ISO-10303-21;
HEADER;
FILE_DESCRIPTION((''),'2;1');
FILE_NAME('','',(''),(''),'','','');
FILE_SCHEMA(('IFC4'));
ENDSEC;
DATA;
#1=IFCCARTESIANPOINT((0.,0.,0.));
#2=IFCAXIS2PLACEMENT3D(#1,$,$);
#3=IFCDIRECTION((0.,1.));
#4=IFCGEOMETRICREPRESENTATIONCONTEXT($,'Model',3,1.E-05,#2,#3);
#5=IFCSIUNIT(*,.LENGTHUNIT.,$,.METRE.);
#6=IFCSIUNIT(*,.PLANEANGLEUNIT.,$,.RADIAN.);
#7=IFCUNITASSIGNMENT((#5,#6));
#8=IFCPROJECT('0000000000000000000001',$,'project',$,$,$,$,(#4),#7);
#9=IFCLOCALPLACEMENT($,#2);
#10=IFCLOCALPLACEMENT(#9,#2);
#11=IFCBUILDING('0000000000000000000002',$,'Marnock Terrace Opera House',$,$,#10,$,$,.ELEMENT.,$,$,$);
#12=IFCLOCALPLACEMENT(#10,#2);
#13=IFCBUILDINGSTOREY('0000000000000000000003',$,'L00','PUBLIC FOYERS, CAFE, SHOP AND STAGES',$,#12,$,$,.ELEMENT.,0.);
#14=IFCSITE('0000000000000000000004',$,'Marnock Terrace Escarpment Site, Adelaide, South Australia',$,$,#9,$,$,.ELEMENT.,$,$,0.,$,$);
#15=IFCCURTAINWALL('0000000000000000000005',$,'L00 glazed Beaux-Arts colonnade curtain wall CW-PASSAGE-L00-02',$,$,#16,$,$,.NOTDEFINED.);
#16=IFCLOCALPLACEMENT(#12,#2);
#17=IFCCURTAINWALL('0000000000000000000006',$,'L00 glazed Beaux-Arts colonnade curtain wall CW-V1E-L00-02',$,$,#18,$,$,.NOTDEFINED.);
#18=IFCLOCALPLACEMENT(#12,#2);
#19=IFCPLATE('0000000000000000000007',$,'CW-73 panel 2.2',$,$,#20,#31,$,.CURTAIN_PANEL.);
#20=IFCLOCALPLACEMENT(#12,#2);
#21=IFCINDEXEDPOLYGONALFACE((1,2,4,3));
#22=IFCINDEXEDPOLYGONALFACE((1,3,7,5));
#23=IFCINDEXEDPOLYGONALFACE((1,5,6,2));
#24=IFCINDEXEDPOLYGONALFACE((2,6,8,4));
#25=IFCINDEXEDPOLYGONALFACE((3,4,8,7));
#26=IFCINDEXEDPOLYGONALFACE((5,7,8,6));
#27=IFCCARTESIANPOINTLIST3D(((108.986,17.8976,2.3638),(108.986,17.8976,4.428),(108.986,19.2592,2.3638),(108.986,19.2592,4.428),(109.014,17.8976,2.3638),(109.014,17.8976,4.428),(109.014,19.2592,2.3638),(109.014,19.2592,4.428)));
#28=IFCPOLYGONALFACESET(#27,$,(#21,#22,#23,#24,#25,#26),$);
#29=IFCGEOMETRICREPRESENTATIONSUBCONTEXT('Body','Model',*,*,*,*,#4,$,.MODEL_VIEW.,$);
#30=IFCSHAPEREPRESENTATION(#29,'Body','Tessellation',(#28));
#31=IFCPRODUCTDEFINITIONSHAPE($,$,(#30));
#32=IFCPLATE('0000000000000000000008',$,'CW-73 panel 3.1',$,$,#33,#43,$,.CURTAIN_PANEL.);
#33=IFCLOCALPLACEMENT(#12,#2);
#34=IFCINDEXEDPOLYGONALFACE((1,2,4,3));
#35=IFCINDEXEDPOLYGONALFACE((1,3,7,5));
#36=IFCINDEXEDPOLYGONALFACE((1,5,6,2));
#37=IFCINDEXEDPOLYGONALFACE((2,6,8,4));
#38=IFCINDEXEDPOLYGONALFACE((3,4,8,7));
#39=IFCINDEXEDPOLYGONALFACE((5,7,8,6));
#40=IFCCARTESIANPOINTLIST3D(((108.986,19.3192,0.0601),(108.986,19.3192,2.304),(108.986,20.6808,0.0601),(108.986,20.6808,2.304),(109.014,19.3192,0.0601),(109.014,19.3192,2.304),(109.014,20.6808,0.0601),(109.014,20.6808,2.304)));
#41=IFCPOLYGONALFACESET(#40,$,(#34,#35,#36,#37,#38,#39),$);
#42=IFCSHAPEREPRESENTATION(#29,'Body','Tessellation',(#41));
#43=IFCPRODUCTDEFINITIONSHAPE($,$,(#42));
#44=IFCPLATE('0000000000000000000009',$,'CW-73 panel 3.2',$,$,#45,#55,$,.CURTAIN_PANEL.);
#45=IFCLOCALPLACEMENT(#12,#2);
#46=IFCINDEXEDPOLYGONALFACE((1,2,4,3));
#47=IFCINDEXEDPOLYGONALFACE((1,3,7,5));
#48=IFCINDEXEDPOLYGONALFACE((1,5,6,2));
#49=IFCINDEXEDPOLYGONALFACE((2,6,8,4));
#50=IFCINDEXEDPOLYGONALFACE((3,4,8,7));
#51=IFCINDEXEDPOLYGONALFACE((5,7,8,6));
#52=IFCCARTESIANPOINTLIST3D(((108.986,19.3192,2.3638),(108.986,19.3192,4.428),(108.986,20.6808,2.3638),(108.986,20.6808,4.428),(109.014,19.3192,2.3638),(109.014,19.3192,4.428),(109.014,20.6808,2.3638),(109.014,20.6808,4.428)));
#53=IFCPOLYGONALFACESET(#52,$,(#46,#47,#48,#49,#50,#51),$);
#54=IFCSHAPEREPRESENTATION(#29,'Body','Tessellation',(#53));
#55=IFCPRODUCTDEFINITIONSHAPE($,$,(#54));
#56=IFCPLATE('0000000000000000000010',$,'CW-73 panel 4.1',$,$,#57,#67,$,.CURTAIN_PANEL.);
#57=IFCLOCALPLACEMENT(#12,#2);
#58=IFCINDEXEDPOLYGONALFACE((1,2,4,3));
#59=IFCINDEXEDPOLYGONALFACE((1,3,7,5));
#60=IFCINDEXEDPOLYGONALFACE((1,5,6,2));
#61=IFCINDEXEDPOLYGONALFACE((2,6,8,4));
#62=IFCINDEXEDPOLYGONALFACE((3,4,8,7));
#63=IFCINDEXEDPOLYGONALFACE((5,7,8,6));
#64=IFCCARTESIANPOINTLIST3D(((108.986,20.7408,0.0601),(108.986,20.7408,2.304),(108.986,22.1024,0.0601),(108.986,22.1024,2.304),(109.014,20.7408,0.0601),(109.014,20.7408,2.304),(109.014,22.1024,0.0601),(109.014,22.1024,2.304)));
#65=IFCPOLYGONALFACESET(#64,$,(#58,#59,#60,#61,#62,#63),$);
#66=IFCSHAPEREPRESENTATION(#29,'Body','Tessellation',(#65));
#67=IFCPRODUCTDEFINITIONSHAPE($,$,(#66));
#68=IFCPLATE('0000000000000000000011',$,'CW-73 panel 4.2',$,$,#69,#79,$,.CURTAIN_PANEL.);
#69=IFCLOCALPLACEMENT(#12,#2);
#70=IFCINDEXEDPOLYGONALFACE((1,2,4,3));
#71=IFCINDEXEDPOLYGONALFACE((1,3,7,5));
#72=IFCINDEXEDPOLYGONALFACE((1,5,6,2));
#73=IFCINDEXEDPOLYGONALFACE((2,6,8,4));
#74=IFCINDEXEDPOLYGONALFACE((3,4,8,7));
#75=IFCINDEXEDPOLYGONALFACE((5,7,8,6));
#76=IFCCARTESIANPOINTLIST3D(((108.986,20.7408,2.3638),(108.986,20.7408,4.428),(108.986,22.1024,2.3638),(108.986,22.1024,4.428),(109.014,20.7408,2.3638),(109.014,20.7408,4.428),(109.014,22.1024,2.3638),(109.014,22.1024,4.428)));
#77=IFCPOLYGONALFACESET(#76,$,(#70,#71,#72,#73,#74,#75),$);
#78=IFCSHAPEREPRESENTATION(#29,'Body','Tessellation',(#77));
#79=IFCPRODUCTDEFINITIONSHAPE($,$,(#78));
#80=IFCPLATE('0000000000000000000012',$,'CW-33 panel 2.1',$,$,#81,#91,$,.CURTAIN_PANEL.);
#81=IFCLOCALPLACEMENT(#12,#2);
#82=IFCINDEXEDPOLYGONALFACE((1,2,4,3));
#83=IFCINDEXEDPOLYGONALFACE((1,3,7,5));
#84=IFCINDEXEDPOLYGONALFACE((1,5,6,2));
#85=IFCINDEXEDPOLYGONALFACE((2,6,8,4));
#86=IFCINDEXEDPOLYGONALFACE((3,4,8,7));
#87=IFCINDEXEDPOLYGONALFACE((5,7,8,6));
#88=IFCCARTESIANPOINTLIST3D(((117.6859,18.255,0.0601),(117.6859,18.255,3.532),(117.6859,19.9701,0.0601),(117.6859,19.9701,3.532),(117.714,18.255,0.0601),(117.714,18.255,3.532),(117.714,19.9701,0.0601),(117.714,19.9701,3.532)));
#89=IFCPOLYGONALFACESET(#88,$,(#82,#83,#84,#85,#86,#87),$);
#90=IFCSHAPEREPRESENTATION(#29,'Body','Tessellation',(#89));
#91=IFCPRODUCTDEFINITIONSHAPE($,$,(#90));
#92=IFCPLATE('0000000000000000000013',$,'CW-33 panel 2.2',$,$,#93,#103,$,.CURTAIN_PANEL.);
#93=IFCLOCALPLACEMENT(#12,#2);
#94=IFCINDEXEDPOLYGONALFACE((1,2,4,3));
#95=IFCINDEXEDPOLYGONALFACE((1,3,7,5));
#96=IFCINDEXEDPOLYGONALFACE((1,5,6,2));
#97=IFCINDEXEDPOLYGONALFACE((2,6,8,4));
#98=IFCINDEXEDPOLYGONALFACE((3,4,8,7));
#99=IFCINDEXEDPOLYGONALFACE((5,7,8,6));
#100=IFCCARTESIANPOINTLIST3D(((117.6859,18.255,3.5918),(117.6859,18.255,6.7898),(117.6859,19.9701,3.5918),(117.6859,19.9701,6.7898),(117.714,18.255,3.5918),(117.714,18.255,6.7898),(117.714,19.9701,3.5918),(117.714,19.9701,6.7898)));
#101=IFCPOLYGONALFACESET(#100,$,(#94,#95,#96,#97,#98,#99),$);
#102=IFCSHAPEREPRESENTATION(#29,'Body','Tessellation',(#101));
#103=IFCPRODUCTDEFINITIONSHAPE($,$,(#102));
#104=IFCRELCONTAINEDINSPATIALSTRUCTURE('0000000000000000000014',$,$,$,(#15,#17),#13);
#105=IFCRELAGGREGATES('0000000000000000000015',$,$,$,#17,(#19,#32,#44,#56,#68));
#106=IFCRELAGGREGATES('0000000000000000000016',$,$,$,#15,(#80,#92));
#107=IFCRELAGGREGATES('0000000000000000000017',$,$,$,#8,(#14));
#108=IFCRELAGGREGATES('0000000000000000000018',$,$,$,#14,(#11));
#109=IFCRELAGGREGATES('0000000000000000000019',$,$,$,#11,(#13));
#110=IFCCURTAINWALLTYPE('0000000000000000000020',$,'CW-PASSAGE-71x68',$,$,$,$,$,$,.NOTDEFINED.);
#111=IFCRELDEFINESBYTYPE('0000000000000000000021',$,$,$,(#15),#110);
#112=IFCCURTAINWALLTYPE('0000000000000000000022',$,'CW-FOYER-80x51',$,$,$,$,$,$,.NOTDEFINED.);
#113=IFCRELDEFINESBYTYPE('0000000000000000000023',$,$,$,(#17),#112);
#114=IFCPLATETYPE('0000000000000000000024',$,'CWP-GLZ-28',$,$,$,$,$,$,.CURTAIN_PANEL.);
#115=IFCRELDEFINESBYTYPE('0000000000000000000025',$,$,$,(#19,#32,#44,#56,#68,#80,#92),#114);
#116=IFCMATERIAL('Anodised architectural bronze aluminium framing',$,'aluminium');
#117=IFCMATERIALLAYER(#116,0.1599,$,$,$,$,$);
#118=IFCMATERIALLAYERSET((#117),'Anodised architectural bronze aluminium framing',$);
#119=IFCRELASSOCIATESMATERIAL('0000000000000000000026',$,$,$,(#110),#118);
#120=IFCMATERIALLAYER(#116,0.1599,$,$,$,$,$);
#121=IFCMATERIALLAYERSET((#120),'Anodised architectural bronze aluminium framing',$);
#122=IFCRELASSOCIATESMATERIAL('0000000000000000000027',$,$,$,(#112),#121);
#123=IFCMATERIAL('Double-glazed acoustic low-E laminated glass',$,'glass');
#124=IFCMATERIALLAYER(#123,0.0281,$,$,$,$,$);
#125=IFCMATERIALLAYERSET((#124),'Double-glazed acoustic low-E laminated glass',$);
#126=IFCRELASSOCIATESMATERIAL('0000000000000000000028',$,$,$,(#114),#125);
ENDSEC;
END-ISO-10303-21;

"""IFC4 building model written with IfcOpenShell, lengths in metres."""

from ifc_helpers import new_model, si_unit, direction, frame, origin, origin_2d, place, context, subcontext, project, spatial, rectangle, extrude, material, layer, layer_set, type_object, element, aggregate, save


model = new_model("IFC4")

# Units and contexts
model_context = context("Model", 3, precision=1e-05, world=origin(), true_north=direction((0.0, 1.0)))
body_context = subcontext(model_context, "Body", "Model", "MODEL_VIEW")
ifc_project = project(units=[si_unit("LENGTHUNIT", "METRE"), si_unit("PLANEANGLEUNIT", "RADIAN")], contexts=[model_context])

# Site, building, storey
site_placement = place(None, origin())
site = spatial("IfcSite", under=ifc_project, at=site_placement, Name="Marnock Terrace Escarpment Site, Adelaide, South Australia", CompositionType="ELEMENT", RefElevation=0.0)
building_placement = place(site_placement, origin())
building = spatial("IfcBuilding", under=site, at=building_placement, Name="Marnock Terrace Opera House", CompositionType="ELEMENT")
storey_placement = place(building_placement, origin())
storey = spatial("IfcBuildingStorey", under=building, at=storey_placement, Name="L00", Description="PUBLIC FOYERS, CAFE, SHOP AND STAGES", CompositionType="ELEMENT", Elevation=0.0)

# Curtain wall
ifc_material_1 = material(Name="Anodised architectural bronze aluminium framing", Category="aluminium")
ifc_layer_1 = layer(ifc_material_1, 0.1599)
ifc_layer_set_1 = layer_set([ifc_layer_1], Name="Anodised architectural bronze aluminium framing")
curtain_wall_type_1 = type_object("IfcCurtainWallType", Name="CW-PASSAGE-71x68", PredefinedType="NOTDEFINED", material=ifc_layer_set_1)
curtain_wall_1_placement = place(storey_placement, origin())
curtain_wall_1 = element("IfcCurtainWall", 1, at=curtain_wall_1_placement, inside=storey, type_object=curtain_wall_type_1, Name="L00 glazed Beaux-Arts colonnade curtain wall CW-PASSAGE-L00-02", PredefinedType="NOTDEFINED")

# Curtain wall
ifc_layer_2 = layer(ifc_material_1, 0.1599)
ifc_layer_set_2 = layer_set([ifc_layer_2], Name="Anodised architectural bronze aluminium framing")
curtain_wall_type_2 = type_object("IfcCurtainWallType", Name="CW-FOYER-80x51", PredefinedType="NOTDEFINED", material=ifc_layer_set_2)
curtain_wall_2_placement = place(storey_placement, origin())
curtain_wall_2 = element("IfcCurtainWall", 2, at=curtain_wall_2_placement, inside=storey, type_object=curtain_wall_type_2, Name="L00 glazed Beaux-Arts colonnade curtain wall CW-V1E-L00-02", PredefinedType="NOTDEFINED")

# Plates
ifc_material_2 = material(Name="Double-glazed acoustic low-E laminated glass", Category="glass")
ifc_layer_3 = layer(ifc_material_2, 0.0281)
ifc_layer_set_3 = layer_set([ifc_layer_3], Name="Double-glazed acoustic low-E laminated glass")
plate_type = type_object("IfcPlateType", Name="CWP-GLZ-28", PredefinedType="CURTAIN_PANEL", material=ifc_layer_set_3)
plate_1_placement = place(storey_placement, frame((109.0, 18.5784, 2.3638), z_axis=(0.0, 0.0, 1.0), x_axis=(0.0, 1.0, 0.0)))
plate_1 = element("IfcPlate", 3, at=plate_1_placement, type_object=plate_type, Name="CW-73 panel 2.2", PredefinedType="CURTAIN_PANEL", context=body_context, shape_type="SweptSolid", body=[
    extrude(rectangle(XDim=1.3616, YDim=0.0281, at=origin_2d()), origin(), (0.0, 0.0, 1.0), 2.0642),
])
plate_2_placement = place(storey_placement, frame((109.0, 20.0, 0.0601), z_axis=(0.0, 0.0, 1.0), x_axis=(0.0, 1.0, 0.0)))
plate_2 = element("IfcPlate", 4, at=plate_2_placement, type_object=plate_type, Name="CW-73 panel 3.1", PredefinedType="CURTAIN_PANEL", context=body_context, shape_type="SweptSolid", body=[
    extrude(rectangle(XDim=1.3616, YDim=0.0281, at=origin_2d()), origin(), (0.0, 0.0, 1.0), 2.2439),
])
plate_3_placement = place(storey_placement, frame((109.0, 20.0, 2.3638), z_axis=(0.0, 0.0, 1.0), x_axis=(0.0, 1.0, 0.0)))
plate_3 = element("IfcPlate", 5, at=plate_3_placement, type_object=plate_type, Name="CW-73 panel 3.2", PredefinedType="CURTAIN_PANEL", context=body_context, shape_type="SweptSolid", body=[
    extrude(rectangle(XDim=1.3616, YDim=0.0281, at=origin_2d()), origin(), (0.0, 0.0, 1.0), 2.0642),
])
plate_4_placement = place(storey_placement, frame((109.0, 21.4216, 0.0601), z_axis=(0.0, 0.0, 1.0), x_axis=(0.0, 1.0, 0.0)))
plate_4 = element("IfcPlate", 6, at=plate_4_placement, type_object=plate_type, Name="CW-73 panel 4.1", PredefinedType="CURTAIN_PANEL", context=body_context, shape_type="SweptSolid", body=[
    extrude(rectangle(XDim=1.3616, YDim=0.0281, at=origin_2d()), origin(), (0.0, 0.0, 1.0), 2.2439),
])
plate_5_placement = place(storey_placement, frame((109.0, 21.4216, 2.3638), z_axis=(0.0, 0.0, 1.0), x_axis=(0.0, 1.0, 0.0)))
plate_5 = element("IfcPlate", 7, at=plate_5_placement, type_object=plate_type, Name="CW-73 panel 4.2", PredefinedType="CURTAIN_PANEL", context=body_context, shape_type="SweptSolid", body=[
    extrude(rectangle(XDim=1.3616, YDim=0.0281, at=origin_2d()), origin(), (0.0, 0.0, 1.0), 2.0642),
])
aggregate(curtain_wall_2, [plate_1, plate_2, plate_3, plate_4, plate_5])
plate_6_placement = place(storey_placement, frame((117.7, 19.1125, 0.0601), z_axis=(0.0, 0.0, 1.0), x_axis=(0.0, 1.0, 0.0)))
plate_6 = element("IfcPlate", 8, at=plate_6_placement, type_object=plate_type, Name="CW-33 panel 2.1", PredefinedType="CURTAIN_PANEL", context=body_context, shape_type="SweptSolid", body=[
    extrude(rectangle(XDim=1.7151, YDim=0.0281, at=origin_2d()), origin(), (0.0, 0.0, 1.0), 3.4719),
])
plate_7_placement = place(storey_placement, frame((117.7, 19.1125, 3.5918), z_axis=(0.0, 0.0, 1.0), x_axis=(0.0, 1.0, 0.0)))
plate_7 = element("IfcPlate", 9, at=plate_7_placement, type_object=plate_type, Name="CW-33 panel 2.2", PredefinedType="CURTAIN_PANEL", context=body_context, shape_type="SweptSolid", body=[
    extrude(rectangle(XDim=1.7151, YDim=0.0281, at=origin_2d()), origin(), (0.0, 0.0, 1.0), 3.198),
])
aggregate(curtain_wall_1, [plate_6, plate_7])

save(model, "model.ifc")
